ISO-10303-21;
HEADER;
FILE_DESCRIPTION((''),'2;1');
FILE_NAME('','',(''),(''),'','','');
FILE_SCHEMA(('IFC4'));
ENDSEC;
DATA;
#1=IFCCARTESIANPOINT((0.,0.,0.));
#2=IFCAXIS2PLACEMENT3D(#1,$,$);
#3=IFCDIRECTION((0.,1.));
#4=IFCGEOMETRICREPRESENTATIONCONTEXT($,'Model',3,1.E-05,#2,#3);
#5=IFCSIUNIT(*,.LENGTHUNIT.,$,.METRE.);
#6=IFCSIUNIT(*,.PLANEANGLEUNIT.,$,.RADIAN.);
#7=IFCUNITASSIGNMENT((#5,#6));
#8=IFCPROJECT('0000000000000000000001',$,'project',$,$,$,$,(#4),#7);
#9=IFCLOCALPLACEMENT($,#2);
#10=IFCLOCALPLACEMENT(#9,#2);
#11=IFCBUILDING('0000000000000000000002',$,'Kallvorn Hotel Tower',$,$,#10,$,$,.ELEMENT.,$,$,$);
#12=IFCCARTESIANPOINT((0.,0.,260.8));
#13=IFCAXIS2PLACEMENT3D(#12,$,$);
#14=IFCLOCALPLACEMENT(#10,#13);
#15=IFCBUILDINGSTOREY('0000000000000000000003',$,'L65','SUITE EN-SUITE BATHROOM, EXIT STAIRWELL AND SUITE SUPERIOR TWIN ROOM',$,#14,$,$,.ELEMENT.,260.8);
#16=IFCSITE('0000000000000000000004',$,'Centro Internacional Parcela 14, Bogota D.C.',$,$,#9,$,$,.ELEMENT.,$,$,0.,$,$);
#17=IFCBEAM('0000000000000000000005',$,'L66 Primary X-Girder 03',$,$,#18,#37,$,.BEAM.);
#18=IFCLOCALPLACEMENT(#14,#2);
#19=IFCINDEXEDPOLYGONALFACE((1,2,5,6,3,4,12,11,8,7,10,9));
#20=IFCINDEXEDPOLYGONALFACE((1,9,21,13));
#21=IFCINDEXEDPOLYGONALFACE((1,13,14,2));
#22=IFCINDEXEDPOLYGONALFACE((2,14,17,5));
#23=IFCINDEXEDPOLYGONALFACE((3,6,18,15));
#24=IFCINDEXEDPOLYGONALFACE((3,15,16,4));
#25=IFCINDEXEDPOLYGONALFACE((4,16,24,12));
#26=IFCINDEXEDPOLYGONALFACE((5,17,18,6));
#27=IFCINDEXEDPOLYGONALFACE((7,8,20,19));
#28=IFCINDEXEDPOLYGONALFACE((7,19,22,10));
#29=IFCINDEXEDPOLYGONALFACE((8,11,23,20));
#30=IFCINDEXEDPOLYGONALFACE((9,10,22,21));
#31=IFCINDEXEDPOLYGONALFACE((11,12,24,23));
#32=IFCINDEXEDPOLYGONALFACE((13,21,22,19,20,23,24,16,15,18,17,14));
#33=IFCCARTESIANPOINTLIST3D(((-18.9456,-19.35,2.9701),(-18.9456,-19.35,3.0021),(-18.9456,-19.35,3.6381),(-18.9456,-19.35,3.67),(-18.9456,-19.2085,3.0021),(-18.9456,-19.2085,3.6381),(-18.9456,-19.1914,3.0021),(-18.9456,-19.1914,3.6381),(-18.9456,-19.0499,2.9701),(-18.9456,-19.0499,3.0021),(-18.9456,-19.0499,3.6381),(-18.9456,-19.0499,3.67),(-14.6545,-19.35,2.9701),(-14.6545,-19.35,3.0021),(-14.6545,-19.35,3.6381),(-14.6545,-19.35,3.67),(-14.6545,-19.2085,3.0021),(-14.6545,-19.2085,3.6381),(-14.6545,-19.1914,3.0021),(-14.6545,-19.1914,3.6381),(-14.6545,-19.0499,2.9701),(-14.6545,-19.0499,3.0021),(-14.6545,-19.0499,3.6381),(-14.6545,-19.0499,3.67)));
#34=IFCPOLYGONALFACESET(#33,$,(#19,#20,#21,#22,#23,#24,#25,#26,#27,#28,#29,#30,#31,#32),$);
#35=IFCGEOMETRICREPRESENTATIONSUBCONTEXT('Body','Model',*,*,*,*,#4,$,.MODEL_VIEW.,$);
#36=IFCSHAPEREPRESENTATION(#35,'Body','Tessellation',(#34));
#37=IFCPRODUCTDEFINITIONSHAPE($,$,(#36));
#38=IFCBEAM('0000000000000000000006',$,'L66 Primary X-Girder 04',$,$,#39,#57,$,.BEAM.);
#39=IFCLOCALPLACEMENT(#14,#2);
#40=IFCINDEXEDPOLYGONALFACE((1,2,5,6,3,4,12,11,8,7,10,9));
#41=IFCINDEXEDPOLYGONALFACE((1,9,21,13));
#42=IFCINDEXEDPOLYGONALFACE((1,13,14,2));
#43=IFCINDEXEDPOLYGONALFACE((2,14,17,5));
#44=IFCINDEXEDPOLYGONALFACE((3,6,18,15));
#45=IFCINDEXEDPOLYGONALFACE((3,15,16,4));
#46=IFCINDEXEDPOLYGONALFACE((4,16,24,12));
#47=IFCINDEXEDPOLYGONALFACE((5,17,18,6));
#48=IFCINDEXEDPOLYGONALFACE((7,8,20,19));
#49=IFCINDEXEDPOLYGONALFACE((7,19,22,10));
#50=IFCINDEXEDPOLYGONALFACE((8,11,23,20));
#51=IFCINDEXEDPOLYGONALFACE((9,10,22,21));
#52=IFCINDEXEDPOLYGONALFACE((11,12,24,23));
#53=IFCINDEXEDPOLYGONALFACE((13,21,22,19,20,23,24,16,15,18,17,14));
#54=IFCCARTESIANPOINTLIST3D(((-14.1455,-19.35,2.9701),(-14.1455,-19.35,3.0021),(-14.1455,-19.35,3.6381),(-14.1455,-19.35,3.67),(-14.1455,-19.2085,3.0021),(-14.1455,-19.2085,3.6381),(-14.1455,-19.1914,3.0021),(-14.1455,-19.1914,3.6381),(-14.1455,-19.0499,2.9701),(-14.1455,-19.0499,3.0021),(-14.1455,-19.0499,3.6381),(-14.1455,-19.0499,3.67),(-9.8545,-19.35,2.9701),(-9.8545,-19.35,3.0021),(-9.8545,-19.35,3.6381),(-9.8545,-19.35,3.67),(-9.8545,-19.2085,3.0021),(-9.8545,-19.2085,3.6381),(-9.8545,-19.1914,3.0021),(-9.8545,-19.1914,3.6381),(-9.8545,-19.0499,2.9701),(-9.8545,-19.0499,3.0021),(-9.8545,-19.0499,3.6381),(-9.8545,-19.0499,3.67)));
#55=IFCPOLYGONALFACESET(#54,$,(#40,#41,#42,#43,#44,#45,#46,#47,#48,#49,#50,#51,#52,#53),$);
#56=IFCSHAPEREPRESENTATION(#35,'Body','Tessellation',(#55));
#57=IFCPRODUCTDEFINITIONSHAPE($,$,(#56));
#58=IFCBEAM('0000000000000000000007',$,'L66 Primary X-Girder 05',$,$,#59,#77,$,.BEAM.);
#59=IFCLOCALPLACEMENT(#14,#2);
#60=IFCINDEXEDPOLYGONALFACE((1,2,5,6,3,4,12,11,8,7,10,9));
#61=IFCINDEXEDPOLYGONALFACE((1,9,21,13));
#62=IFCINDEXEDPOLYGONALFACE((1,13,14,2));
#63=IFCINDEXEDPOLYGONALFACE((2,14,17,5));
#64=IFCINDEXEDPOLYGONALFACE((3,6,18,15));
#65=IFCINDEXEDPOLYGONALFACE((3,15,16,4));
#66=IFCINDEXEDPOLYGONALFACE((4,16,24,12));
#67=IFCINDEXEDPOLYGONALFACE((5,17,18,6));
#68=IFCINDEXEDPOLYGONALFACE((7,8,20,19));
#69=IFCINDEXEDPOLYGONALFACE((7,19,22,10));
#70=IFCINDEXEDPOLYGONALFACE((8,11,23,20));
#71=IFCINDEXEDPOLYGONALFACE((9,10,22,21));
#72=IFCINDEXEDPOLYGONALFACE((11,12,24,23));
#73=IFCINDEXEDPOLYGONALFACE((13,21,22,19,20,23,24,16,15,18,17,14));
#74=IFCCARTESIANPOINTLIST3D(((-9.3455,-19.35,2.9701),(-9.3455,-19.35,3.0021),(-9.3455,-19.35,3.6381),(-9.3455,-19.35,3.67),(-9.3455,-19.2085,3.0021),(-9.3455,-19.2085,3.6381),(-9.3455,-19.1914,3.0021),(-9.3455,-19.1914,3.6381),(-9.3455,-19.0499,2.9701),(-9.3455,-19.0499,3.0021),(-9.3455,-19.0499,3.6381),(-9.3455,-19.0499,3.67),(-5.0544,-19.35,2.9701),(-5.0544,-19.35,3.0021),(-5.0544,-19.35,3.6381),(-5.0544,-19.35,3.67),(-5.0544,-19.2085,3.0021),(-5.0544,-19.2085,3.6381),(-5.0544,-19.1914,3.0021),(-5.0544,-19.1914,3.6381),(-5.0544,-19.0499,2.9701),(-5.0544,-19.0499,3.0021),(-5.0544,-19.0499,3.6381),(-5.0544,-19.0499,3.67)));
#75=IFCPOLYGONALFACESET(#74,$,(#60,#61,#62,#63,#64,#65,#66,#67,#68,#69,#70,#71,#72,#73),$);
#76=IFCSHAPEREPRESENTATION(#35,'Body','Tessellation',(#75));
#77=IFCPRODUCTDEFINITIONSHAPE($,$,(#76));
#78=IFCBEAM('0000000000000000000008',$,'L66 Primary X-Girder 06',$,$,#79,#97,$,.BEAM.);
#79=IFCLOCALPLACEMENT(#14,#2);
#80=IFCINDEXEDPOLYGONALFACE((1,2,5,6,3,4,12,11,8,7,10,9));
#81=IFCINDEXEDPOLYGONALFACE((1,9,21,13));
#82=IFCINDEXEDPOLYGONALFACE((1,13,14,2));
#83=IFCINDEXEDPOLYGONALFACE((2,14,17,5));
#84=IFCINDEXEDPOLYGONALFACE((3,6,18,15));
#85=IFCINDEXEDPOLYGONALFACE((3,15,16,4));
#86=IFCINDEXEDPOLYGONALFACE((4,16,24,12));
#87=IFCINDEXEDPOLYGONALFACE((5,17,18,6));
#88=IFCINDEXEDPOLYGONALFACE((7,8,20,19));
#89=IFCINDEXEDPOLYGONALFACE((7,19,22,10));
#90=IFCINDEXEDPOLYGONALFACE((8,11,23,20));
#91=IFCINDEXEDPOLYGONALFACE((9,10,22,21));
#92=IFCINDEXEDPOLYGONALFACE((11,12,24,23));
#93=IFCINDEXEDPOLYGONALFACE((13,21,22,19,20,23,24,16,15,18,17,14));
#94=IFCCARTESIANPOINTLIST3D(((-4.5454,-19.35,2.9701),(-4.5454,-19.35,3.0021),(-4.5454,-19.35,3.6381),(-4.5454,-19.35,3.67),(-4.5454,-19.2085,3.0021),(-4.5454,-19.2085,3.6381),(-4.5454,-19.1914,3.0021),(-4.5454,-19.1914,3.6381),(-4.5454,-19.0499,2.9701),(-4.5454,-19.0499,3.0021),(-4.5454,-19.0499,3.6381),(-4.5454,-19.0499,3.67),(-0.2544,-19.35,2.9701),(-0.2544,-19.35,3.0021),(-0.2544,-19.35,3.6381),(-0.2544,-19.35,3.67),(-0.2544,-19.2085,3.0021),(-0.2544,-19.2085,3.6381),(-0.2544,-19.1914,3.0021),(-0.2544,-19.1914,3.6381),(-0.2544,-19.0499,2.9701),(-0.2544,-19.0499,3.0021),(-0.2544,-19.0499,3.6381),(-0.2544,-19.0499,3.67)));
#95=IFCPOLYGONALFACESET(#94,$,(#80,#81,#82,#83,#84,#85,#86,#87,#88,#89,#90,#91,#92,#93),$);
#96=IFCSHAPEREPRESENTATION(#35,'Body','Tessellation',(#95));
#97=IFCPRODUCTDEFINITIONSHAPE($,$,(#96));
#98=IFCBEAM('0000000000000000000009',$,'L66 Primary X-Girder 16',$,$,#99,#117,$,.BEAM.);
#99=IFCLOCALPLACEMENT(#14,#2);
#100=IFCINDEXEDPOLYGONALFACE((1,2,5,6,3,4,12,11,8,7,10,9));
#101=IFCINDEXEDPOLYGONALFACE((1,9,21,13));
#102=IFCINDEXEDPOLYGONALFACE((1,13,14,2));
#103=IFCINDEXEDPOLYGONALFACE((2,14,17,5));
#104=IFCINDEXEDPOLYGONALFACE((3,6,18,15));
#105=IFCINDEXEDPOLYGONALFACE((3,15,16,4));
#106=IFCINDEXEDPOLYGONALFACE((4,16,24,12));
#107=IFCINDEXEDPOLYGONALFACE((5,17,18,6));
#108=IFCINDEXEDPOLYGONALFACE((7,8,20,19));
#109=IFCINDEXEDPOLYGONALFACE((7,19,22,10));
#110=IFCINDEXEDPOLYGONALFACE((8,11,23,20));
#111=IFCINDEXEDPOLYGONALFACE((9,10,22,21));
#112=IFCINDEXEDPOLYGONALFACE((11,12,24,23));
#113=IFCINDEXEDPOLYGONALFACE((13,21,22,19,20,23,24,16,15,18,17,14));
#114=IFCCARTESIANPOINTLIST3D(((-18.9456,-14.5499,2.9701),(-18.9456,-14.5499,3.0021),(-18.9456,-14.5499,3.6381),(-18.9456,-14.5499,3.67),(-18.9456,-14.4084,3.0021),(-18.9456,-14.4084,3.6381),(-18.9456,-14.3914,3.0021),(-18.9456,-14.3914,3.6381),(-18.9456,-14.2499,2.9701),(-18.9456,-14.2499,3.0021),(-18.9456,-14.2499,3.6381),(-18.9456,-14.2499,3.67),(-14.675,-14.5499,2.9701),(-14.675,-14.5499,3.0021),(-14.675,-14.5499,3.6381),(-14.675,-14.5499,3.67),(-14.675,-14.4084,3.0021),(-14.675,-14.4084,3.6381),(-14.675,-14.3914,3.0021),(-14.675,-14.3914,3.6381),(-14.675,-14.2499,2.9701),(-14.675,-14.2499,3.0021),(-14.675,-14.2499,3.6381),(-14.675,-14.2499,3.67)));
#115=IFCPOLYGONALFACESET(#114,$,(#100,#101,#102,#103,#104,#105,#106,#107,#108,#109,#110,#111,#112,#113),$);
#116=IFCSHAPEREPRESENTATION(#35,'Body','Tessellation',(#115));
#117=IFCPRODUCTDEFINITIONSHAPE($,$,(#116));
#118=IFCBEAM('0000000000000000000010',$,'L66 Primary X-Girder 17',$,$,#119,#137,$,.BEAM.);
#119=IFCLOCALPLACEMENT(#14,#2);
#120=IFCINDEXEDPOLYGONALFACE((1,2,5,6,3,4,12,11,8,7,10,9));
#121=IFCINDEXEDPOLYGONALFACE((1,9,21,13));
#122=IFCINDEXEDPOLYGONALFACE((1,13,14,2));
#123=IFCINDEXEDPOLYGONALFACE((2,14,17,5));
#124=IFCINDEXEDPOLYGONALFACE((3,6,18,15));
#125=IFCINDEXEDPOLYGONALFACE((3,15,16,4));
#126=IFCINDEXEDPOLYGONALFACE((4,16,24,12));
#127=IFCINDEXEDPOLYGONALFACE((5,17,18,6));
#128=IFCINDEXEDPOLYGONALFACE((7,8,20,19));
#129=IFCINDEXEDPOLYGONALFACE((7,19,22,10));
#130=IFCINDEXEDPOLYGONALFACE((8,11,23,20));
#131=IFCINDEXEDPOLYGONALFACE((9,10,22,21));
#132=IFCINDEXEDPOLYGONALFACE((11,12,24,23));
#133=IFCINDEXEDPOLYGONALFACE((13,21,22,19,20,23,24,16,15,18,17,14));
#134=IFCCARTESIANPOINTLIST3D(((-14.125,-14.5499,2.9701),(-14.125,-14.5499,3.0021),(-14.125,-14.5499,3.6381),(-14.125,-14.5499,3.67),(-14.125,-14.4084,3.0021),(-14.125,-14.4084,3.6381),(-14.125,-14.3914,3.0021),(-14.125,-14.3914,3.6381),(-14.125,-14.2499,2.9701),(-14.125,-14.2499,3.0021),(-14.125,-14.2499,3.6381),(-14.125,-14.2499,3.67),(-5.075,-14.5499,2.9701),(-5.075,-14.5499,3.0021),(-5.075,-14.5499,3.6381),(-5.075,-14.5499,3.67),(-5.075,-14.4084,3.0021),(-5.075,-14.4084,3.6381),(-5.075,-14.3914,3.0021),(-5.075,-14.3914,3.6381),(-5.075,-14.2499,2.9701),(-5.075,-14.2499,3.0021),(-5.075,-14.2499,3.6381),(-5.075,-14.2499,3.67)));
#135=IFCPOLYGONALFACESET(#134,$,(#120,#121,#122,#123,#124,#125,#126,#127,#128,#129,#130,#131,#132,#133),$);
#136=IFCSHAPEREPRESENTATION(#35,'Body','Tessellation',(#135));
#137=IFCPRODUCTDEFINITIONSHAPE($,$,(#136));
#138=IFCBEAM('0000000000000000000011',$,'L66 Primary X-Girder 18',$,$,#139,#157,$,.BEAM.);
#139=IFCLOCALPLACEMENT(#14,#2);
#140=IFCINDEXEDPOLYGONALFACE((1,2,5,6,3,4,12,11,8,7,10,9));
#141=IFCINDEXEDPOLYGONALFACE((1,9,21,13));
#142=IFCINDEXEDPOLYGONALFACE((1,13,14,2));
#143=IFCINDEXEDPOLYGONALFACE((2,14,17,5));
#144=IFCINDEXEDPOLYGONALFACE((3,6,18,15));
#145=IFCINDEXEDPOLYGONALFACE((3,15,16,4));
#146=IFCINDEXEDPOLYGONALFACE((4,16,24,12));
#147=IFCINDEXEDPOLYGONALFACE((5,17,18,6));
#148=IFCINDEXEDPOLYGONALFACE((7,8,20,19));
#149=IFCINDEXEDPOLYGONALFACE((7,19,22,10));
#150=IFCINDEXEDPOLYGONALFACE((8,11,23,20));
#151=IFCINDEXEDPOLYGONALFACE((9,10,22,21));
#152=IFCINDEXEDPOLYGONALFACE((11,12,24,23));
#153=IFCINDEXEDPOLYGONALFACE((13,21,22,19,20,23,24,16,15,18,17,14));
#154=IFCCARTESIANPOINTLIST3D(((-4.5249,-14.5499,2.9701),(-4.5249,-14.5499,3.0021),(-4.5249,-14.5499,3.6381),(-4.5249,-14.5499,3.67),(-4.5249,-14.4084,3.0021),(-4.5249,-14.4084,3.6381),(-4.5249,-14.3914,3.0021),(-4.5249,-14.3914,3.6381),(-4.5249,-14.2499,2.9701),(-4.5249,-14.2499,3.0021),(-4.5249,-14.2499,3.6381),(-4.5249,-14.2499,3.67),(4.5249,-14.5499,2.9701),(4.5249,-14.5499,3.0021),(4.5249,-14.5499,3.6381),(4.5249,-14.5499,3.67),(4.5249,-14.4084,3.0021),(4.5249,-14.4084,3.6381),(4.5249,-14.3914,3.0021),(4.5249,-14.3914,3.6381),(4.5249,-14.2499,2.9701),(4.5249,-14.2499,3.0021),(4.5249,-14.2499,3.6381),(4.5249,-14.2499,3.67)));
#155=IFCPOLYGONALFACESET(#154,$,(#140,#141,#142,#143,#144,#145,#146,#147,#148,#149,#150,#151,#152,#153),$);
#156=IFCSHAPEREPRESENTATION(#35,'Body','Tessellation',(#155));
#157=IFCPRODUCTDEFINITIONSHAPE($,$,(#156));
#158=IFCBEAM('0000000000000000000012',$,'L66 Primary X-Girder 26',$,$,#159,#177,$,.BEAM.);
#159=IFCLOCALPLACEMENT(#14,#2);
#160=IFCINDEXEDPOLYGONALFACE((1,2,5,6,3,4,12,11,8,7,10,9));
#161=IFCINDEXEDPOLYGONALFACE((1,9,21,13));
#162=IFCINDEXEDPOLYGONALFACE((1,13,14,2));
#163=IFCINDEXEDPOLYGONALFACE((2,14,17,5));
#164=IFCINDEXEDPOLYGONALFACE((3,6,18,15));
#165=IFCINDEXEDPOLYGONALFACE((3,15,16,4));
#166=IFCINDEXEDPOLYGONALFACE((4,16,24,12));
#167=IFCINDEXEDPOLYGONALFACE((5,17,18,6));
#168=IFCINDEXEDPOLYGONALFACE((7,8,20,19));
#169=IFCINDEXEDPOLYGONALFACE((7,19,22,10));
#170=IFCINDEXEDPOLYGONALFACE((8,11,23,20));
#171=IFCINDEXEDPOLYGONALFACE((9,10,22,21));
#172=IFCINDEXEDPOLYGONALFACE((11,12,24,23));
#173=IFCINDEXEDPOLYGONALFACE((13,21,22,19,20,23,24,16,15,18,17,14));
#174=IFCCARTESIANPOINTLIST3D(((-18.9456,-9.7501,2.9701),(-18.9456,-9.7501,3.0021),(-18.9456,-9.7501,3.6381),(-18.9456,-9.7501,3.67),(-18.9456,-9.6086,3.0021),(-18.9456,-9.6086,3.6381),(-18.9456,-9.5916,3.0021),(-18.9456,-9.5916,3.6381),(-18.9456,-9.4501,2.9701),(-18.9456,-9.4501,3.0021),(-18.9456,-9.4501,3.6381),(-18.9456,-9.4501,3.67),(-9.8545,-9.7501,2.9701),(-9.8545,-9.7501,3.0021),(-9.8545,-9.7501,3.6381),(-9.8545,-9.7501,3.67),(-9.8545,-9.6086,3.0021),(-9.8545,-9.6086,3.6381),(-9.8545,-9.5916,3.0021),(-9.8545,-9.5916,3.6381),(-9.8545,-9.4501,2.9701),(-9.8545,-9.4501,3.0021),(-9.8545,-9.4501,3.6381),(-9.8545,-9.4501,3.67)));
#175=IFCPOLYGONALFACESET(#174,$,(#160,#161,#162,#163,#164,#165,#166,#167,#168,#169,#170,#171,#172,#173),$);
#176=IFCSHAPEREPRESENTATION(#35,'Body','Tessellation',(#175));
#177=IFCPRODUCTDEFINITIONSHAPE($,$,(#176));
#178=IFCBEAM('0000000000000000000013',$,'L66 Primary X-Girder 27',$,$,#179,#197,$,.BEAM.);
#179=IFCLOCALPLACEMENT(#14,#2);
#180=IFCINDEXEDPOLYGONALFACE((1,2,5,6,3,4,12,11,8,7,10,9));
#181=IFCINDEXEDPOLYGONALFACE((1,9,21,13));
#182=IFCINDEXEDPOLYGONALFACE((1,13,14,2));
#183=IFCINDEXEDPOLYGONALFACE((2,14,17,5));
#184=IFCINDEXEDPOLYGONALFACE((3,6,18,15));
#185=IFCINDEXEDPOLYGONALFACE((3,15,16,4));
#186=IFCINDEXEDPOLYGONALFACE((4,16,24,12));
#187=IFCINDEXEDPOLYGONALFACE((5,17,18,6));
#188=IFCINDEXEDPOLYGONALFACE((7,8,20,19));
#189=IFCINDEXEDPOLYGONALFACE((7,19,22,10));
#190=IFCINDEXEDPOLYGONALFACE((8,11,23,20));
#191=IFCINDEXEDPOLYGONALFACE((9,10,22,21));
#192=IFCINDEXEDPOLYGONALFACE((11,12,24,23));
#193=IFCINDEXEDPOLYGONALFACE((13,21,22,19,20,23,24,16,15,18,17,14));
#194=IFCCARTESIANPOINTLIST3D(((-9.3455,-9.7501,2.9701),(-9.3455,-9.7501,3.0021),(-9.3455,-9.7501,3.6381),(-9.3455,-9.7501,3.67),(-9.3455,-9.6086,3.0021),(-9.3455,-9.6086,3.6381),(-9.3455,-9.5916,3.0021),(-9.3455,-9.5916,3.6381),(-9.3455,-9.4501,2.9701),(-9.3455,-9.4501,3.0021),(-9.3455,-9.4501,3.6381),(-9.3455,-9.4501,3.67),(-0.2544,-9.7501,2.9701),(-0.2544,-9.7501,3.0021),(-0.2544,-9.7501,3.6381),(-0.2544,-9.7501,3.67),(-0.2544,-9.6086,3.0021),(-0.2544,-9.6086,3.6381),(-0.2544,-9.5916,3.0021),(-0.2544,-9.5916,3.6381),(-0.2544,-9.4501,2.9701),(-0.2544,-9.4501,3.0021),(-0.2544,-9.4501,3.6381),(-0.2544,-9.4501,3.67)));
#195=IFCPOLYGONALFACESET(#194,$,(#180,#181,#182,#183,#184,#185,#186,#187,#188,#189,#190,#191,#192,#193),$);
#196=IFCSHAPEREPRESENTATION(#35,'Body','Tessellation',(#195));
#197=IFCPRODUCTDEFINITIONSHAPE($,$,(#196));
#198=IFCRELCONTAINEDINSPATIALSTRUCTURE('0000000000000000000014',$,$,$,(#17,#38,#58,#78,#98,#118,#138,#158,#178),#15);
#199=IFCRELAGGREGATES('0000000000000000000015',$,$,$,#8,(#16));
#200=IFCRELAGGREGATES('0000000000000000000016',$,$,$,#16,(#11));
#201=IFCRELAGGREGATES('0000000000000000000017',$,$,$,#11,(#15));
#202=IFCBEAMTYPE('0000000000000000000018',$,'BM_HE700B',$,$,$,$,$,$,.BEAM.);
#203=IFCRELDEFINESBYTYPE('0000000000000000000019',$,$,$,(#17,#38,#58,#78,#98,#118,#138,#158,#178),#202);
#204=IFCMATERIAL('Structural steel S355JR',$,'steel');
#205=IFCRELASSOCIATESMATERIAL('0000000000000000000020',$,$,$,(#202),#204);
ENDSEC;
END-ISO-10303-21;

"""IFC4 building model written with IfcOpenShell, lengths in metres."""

from ifc_helpers import new_model, si_unit, direction, frame, origin, origin_2d, place, context, subcontext, project, spatial, i_section, extrude, material, material_profile, profile_set, type_object, element, save


model = new_model("IFC4")

# Units and contexts
model_context = context("Model", 3, precision=1e-05, world=origin(), true_north=direction((0.0, 1.0)))
body_context = subcontext(model_context, "Body", "Model", "MODEL_VIEW")
ifc_project = project(units=[si_unit("LENGTHUNIT", "METRE"), si_unit("PLANEANGLEUNIT", "RADIAN")], contexts=[model_context])

# Site, building, storey
site_placement = place(None, origin())
site = spatial("IfcSite", under=ifc_project, at=site_placement, Name="Centro Internacional Parcela 14, Bogota D.C.", CompositionType="ELEMENT", RefElevation=0.0)
building_placement = place(site_placement, origin())
building = spatial("IfcBuilding", under=site, at=building_placement, Name="Kallvorn Hotel Tower", CompositionType="ELEMENT")
storey_placement = place(building_placement, frame((0.0, 0.0, 260.8)))
storey = spatial("IfcBuildingStorey", under=building, at=storey_placement, Name="L65", Description="SUITE EN-SUITE BATHROOM, EXIT STAIRWELL AND SUITE SUPERIOR TWIN ROOM", CompositionType="ELEMENT", Elevation=260.8)

# Beams
ifc_material_1 = material(Name="Structural steel S355JR", Category="steel")
ifc_material_profile_1 = material_profile(ifc_material_1, i_section(OverallWidth=0.3, OverallDepth=0.7, WebThickness=0.0171, FlangeThickness=0.032, at=origin_2d()), Name="HE 700 B")
ifc_profile_set_1 = profile_set([ifc_material_profile_1], Name="Structural steel S355JR")
beam_type_1 = type_object("IfcBeamType", Name="BM_HE700B", PredefinedType="BEAM", material=ifc_profile_set_1)
for number, where, z_axis, x_axis, name in (
    (1, (-18.9456, -19.2, 3.3201), (1.0, 0.0, 0.0), (0.0, 1.0, 0.0), "L66 Primary X-Girder 03"),
    (2, (-14.1455, -19.2, 3.3201), (1.0, 0.0, 0.0), (0.0, 1.0, 0.0), "L66 Primary X-Girder 04"),
    (3, (-9.3455, -19.2, 3.3201), (1.0, 0.0, 0.0), (0.0, 1.0, 0.0), "L66 Primary X-Girder 05"),
    (4, (-4.5454, -19.2, 3.3201), (1.0, 0.0, 0.0), (0.0, 1.0, 0.0), "L66 Primary X-Girder 06"),
):
    element("IfcBeam", number, at=place(storey_placement, frame(where, z_axis=z_axis, x_axis=x_axis)), inside=storey, type_object=beam_type_1, Name=name, PredefinedType="BEAM", context=body_context, shape_type="SweptSolid", body=[
        extrude(i_section(OverallWidth=0.3, OverallDepth=0.7, WebThickness=0.0171, FlangeThickness=0.032, at=origin_2d()), origin(), (0.0, 0.0, 1.0), 4.291),
    ])
beam_1_placement = place(storey_placement, frame((-18.9456, -14.3999, 3.3201), z_axis=(1.0, 0.0, 0.0), x_axis=(0.0, 1.0, 0.0)))
element("IfcBeam", 5, at=beam_1_placement, inside=storey, type_object=beam_type_1, Name="L66 Primary X-Girder 16", PredefinedType="BEAM", context=body_context, shape_type="SweptSolid", body=[
    extrude(i_section(OverallWidth=0.3, OverallDepth=0.7, WebThickness=0.0171, FlangeThickness=0.032, at=origin_2d()), origin(), (0.0, 0.0, 1.0), 4.2705),
])
beam_2_placement = place(storey_placement, frame((-14.125, -14.3999, 3.3201), z_axis=(1.0, 0.0, 0.0), x_axis=(0.0, 1.0, 0.0)))
element("IfcBeam", 6, at=beam_2_placement, inside=storey, type_object=beam_type_1, Name="L66 Primary X-Girder 17", PredefinedType="BEAM", context=body_context, shape_type="SweptSolid", body=[
    extrude(i_section(OverallWidth=0.3, OverallDepth=0.7, WebThickness=0.0171, FlangeThickness=0.032, at=origin_2d()), origin(), (0.0, 0.0, 1.0), 9.05),
])
beam_3_placement = place(storey_placement, frame((-4.5249, -14.3999, 3.3201), z_axis=(1.0, 0.0, 0.0), x_axis=(0.0, 1.0, 0.0)))
element("IfcBeam", 7, at=beam_3_placement, inside=storey, type_object=beam_type_1, Name="L66 Primary X-Girder 18", PredefinedType="BEAM", context=body_context, shape_type="SweptSolid", body=[
    extrude(i_section(OverallWidth=0.3, OverallDepth=0.7, WebThickness=0.0171, FlangeThickness=0.032, at=origin_2d()), origin(), (0.0, 0.0, 1.0), 9.0498),
])
for number, where, z_axis, x_axis, name in (
    (8, (-18.9456, -9.6001, 3.3201), (1.0, 0.0, 0.0), (0.0, 1.0, 0.0), "L66 Primary X-Girder 26"),
    (9, (-9.3455, -9.6001, 3.3201), (1.0, 0.0, 0.0), (0.0, 1.0, 0.0), "L66 Primary X-Girder 27"),
):
    element("IfcBeam", number, at=place(storey_placement, frame(where, z_axis=z_axis, x_axis=x_axis)), inside=storey, type_object=beam_type_1, Name=name, PredefinedType="BEAM", context=body_context, shape_type="SweptSolid", body=[
        extrude(i_section(OverallWidth=0.3, OverallDepth=0.7, WebThickness=0.0171, FlangeThickness=0.032, at=origin_2d()), origin(), (0.0, 0.0, 1.0), 9.0911),
    ])

save(model, "model.ifc")
